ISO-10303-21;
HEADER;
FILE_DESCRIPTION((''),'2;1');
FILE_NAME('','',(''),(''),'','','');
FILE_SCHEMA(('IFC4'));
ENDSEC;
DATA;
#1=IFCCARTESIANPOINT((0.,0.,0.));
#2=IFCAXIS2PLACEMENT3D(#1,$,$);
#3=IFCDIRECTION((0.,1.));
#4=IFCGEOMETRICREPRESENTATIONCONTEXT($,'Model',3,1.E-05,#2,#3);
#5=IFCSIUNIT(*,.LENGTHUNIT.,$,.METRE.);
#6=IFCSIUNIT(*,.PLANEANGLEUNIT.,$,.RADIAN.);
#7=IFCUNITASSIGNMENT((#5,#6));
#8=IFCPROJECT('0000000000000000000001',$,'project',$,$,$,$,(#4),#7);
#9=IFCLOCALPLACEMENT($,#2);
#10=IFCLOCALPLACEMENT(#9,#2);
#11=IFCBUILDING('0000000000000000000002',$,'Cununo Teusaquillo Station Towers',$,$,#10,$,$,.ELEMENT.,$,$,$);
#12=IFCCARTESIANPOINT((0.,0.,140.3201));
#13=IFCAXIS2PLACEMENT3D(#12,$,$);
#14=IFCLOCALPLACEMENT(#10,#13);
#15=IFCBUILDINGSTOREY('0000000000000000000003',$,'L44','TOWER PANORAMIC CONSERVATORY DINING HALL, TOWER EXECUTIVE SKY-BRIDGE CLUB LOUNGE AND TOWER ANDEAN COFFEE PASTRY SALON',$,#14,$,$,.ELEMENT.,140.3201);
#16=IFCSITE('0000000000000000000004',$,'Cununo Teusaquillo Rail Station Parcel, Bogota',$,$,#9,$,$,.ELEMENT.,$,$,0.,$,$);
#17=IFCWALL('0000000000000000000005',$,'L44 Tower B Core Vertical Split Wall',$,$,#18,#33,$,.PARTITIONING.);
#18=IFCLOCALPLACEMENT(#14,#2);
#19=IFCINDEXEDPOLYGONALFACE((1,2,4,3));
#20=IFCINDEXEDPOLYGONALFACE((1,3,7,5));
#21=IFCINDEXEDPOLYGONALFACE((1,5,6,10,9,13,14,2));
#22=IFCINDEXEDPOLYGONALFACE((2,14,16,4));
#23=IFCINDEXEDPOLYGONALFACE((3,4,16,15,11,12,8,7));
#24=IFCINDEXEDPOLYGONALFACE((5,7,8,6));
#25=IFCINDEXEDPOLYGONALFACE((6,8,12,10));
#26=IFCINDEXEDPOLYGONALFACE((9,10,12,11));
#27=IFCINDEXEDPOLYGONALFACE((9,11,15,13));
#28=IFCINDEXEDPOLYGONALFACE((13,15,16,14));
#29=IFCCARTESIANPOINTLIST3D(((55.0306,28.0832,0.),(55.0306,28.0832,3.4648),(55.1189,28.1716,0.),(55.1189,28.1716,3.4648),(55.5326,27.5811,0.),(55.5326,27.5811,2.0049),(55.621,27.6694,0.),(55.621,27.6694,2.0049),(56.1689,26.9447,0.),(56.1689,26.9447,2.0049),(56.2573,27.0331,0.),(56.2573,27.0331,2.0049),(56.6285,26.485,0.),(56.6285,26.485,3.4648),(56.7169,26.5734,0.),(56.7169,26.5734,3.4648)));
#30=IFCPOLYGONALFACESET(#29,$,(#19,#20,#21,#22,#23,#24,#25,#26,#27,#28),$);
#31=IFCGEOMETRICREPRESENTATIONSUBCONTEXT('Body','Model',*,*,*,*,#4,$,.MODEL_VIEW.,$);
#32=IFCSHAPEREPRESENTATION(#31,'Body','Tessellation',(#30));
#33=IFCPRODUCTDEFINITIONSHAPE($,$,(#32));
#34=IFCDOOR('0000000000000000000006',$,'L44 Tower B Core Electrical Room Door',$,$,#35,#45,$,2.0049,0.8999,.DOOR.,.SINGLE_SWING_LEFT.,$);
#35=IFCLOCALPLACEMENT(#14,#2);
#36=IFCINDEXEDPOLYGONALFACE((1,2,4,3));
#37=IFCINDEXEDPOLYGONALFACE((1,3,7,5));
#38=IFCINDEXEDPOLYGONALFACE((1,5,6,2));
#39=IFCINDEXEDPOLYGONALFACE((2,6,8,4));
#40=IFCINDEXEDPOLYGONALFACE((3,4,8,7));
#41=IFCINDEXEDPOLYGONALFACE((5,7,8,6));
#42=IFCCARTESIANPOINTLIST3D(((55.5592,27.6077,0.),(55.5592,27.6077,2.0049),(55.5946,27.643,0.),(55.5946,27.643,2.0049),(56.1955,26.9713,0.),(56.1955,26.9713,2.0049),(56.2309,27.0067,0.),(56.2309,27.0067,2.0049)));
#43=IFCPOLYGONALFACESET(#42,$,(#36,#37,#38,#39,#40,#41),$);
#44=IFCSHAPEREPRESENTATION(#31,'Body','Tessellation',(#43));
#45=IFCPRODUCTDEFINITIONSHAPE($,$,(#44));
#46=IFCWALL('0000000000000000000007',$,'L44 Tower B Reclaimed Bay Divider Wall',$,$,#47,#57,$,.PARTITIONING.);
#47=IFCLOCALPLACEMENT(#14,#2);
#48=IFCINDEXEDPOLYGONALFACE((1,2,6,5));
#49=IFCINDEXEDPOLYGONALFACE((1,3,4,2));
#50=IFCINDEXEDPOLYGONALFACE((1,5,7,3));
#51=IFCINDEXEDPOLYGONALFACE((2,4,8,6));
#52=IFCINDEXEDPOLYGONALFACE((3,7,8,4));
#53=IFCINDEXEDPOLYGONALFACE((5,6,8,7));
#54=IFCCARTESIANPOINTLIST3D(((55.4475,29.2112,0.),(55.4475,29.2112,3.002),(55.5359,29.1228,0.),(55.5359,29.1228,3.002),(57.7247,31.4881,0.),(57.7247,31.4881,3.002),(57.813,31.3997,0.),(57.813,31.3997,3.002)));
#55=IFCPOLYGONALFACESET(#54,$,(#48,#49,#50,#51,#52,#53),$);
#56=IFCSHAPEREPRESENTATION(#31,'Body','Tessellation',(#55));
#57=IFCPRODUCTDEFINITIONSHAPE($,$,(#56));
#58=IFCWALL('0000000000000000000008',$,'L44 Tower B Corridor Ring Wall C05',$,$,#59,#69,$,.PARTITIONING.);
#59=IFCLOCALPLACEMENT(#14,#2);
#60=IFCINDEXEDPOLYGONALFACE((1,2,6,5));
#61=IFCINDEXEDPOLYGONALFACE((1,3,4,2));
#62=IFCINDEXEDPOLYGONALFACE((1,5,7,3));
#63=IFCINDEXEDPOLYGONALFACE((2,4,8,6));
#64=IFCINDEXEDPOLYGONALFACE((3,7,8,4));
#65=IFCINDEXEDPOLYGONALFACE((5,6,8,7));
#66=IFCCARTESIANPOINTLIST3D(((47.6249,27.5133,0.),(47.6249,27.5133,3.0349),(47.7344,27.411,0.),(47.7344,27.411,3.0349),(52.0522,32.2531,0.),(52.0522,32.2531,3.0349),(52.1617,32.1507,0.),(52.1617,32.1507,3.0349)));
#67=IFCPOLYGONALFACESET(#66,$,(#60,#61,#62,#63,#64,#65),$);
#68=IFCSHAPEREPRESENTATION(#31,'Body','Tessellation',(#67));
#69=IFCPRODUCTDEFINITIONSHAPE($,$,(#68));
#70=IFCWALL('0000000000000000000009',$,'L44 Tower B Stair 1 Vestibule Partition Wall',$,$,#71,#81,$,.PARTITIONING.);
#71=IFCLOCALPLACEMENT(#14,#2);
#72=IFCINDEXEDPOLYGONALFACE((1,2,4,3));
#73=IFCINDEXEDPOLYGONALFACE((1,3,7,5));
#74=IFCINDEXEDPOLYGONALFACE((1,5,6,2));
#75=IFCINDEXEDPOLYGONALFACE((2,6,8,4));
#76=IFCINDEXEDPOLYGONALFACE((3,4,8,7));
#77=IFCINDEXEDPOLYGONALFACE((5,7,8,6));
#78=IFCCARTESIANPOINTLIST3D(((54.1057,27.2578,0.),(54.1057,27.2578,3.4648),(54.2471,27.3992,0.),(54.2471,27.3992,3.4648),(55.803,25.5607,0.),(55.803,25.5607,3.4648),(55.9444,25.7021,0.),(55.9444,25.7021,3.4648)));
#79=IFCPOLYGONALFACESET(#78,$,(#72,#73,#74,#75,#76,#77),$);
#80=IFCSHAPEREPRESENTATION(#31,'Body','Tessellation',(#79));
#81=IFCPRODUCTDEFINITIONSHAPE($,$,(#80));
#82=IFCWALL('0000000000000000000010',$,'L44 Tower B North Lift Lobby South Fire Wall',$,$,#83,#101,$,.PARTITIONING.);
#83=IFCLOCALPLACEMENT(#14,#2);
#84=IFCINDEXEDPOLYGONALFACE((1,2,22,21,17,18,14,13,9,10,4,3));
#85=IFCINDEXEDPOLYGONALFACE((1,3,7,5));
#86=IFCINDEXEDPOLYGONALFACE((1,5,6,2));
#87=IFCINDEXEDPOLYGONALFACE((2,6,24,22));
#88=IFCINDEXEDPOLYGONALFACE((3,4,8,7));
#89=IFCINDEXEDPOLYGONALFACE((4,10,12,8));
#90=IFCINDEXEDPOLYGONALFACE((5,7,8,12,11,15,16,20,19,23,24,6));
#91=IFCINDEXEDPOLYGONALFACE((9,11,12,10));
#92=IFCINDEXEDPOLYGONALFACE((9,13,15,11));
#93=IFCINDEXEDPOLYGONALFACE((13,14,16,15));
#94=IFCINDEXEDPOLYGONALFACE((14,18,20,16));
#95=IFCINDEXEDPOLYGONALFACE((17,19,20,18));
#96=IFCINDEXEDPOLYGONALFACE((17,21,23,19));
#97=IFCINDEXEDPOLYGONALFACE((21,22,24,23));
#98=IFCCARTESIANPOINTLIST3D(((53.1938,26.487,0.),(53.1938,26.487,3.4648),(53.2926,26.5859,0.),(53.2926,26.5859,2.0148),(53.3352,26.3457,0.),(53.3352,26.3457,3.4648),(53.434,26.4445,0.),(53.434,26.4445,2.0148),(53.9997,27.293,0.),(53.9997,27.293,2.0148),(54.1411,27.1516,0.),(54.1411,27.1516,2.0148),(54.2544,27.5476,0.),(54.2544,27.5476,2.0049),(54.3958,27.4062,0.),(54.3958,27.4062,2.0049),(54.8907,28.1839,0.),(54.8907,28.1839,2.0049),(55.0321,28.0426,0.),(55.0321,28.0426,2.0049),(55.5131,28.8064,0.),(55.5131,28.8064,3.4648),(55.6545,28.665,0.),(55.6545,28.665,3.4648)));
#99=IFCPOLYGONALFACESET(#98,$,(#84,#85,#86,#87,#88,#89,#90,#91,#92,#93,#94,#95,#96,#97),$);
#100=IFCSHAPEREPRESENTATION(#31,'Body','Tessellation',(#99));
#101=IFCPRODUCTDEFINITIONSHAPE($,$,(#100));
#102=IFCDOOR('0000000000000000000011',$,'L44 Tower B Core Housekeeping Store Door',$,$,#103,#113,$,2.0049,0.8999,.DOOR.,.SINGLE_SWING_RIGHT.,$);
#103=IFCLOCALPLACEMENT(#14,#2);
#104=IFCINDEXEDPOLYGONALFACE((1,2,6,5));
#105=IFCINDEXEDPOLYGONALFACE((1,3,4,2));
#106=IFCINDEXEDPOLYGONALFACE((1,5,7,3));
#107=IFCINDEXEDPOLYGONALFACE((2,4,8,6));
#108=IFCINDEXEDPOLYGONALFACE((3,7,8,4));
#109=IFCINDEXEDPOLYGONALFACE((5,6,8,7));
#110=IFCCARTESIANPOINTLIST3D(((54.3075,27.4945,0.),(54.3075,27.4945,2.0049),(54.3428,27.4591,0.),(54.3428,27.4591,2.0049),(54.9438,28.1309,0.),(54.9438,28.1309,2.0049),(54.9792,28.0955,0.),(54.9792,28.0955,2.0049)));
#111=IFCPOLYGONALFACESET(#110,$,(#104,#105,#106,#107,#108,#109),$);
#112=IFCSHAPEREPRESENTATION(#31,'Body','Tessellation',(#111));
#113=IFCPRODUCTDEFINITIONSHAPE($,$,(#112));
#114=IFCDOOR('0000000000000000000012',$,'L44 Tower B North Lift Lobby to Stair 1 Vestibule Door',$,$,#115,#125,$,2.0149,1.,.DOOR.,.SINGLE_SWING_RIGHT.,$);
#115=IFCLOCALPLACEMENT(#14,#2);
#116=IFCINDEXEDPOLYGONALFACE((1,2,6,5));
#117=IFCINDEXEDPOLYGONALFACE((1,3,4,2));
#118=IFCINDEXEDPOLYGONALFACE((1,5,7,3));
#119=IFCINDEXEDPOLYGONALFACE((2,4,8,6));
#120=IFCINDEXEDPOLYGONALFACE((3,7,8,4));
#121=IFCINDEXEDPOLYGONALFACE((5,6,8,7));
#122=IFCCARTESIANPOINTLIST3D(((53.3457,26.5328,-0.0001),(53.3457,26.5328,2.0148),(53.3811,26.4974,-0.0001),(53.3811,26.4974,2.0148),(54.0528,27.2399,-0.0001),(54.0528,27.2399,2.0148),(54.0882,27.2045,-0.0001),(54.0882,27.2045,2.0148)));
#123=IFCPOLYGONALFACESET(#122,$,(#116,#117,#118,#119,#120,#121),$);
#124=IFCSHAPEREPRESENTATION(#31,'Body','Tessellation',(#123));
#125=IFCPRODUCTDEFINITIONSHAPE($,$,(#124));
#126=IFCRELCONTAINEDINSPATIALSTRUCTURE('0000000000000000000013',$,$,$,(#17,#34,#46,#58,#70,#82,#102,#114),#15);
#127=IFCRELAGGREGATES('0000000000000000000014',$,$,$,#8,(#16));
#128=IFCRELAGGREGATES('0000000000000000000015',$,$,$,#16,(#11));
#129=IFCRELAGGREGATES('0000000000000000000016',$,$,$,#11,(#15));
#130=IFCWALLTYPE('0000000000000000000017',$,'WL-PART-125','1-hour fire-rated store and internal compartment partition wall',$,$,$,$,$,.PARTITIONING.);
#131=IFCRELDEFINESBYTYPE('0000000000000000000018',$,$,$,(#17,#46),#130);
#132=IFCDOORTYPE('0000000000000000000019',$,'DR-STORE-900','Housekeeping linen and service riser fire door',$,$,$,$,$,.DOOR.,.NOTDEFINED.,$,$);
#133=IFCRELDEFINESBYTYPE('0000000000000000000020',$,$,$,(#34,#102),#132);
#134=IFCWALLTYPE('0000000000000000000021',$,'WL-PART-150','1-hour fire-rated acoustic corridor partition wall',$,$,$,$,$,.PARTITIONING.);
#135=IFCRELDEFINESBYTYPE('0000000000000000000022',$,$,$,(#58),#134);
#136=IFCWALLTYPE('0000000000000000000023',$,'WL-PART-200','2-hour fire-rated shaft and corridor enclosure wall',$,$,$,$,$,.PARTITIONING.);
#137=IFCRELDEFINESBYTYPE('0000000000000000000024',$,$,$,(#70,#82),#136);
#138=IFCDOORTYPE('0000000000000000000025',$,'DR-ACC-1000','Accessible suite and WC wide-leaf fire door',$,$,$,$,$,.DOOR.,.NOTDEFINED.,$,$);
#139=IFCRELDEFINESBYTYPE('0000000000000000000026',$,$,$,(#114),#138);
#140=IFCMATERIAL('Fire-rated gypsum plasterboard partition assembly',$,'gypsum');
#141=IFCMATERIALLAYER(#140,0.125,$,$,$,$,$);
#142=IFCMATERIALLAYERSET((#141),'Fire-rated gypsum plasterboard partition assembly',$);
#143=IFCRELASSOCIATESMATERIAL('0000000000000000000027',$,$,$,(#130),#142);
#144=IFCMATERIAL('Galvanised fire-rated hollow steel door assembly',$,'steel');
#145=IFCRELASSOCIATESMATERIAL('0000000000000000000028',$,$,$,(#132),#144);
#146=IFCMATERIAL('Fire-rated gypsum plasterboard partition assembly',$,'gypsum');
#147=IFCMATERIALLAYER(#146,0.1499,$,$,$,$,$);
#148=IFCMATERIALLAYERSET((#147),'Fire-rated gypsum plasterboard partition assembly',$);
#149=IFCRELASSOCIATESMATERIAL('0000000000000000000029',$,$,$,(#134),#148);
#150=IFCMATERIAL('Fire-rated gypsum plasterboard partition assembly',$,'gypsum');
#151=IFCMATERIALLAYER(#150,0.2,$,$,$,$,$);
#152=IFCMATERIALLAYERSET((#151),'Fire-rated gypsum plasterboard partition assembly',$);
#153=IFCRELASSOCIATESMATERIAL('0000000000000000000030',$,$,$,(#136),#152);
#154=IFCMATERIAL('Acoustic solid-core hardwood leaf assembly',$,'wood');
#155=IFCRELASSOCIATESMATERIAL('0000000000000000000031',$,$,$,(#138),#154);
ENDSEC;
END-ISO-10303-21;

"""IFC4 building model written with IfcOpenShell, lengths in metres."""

from ifc_helpers import new_model, si_unit, direction, frame, frame_2d, origin, place, context, subcontext, project, spatial, rectangle, extrude, source, transform, mapped, material, layer, layer_set, type_object, element, fill, save


model = new_model("IFC4")

# Units and contexts
model_context = context("Model", 3, precision=1e-05, world=origin(), true_north=direction((0.0, 1.0)))
body_context = subcontext(model_context, "Body", "Model", "MODEL_VIEW")
ifc_project = project(units=[si_unit("LENGTHUNIT", "METRE"), si_unit("PLANEANGLEUNIT", "RADIAN")], contexts=[model_context])

# Site, building, storey
site_placement = place(None, origin())
site = spatial("IfcSite", under=ifc_project, at=site_placement, Name="Cununo Teusaquillo Rail Station Parcel, Bogota", CompositionType="ELEMENT", RefElevation=0.0)
building_placement = place(site_placement, origin())
building = spatial("IfcBuilding", under=site, at=building_placement, Name="Cununo Teusaquillo Station Towers", CompositionType="ELEMENT")
storey_placement = place(building_placement, frame((0.0, 0.0, 140.3201)))
storey = spatial("IfcBuildingStorey", under=building, at=storey_placement, Name="L44", Description="TOWER PANORAMIC CONSERVATORY DINING HALL, TOWER EXECUTIVE SKY-BRIDGE CLUB LOUNGE AND TOWER ANDEAN COFFEE PASTRY SALON", CompositionType="ELEMENT", Elevation=140.3201)

# Wall, opening, door
ifc_material_1 = material(Name="Fire-rated gypsum plasterboard partition assembly", Category="gypsum")
ifc_layer_1 = layer(ifc_material_1, 0.125)
ifc_layer_set_1 = layer_set([ifc_layer_1], Name="Fire-rated gypsum plasterboard partition assembly")
wall_type_1 = type_object("IfcWallType", Name="WL-PART-125", Description="1-hour fire-rated store and internal compartment partition wall", PredefinedType="PARTITIONING", material=ifc_layer_set_1)
wall_1_placement = place(storey_placement, frame((56.6726, 26.5293, 0.0), z_axis=(0.0, 0.0, 1.0), x_axis=(-0.707053, 0.707161, 0.0)))
wall_1 = element("IfcWall", 1, at=wall_1_placement, inside=storey, type_object=wall_type_1, Name="L44 Tower B Core Vertical Split Wall", PredefinedType="PARTITIONING", context=body_context, shape_type="SweptSolid", body=[
    extrude(rectangle(XDim=2.26, YDim=0.125, at=frame_2d((1.1299, 0.0))), origin(), (0.0, 0.0, 1.0), 3.4648),
])
shared_shape_1 = source(origin(), body_context, "Body", "SweptSolid", [
    extrude(rectangle(XDim=0.8999, YDim=2.0049, at=frame_2d((0.45, 1.0024))), frame((0.0, 0.0725, 0.0), z_axis=(0.0, -1.0, 0.0), x_axis=(1.0, 0.0, 0.0)), (0.0, 0.0, 1.0), 0.145),
])
opening_1_placement = place(wall_1_placement, frame((0.6499, 0.0, 0.0)))
opening_1 = element("IfcOpeningElement", 2, at=opening_1_placement, cuts=wall_1, PredefinedType="OPENING", context=body_context, shape_type="MappedRepresentation", body=[
    mapped(shared_shape_1, transform((0.0, 0.0, 0.0), x_axis=(1.0, 0.0, 0.0), y_axis=(0.0, 1.0, 0.0), z_axis=(0.0, 0.0, 1.0), scale=1.0)),
])
ifc_material_2 = material(Name="Galvanised fire-rated hollow steel door assembly", Category="steel")
door_type_1 = type_object("IfcDoorType", Name="DR-STORE-900", Description="Housekeeping linen and service riser fire door", OperationType="NOTDEFINED", PredefinedType="DOOR", material=ifc_material_2)
shared_shape_2 = source(origin(), body_context, "Body", "SweptSolid", [
    extrude(rectangle(XDim=0.8999, YDim=2.0049, at=frame_2d((0.45, 1.0024))), frame((0.0, 0.0249, 0.0), z_axis=(0.0, -1.0, 0.0), x_axis=(1.0, 0.0, 0.0)), (0.0, 0.0, 1.0), 0.05),
])
door_1_placement = place(opening_1_placement, origin())
door_1 = element("IfcDoor", 3, at=door_1_placement, inside=storey, type_object=door_type_1, Name="L44 Tower B Core Electrical Room Door", OperationType="SINGLE_SWING_LEFT", OverallHeight=2.0049, OverallWidth=0.8999, PredefinedType="DOOR", context=body_context, shape_type="MappedRepresentation", body=[
    mapped(shared_shape_2, transform((0.0, 0.0, 0.0), x_axis=(1.0, 0.0, 0.0), y_axis=(0.0, 1.0, 0.0), z_axis=(0.0, 0.0, 1.0), scale=1.0)),
])
fill(opening_1, door_1)

# Walls
wall_2_placement = place(storey_placement, frame((55.4917, 29.167, 0.0), z_axis=(0.0, 0.0, 1.0), x_axis=(0.707145, 0.707069, 0.0)))
element("IfcWall", 4, at=wall_2_placement, inside=storey, type_object=wall_type_1, Name="L44 Tower B Reclaimed Bay Divider Wall", PredefinedType="PARTITIONING", context=body_context, shape_type="SweptSolid", body=[
    extrude(rectangle(XDim=3.2202, YDim=0.125, at=frame_2d((1.6101, 0.0))), origin(), (0.0, 0.0, 1.0), 3.002),
])
ifc_material_3 = material(Name="Fire-rated gypsum plasterboard partition assembly", Category="gypsum")
ifc_layer_2 = layer(ifc_material_3, 0.1499)
ifc_layer_set_2 = layer_set([ifc_layer_2], Name="Fire-rated gypsum plasterboard partition assembly")
wall_type_2 = type_object("IfcWallType", Name="WL-PART-150", Description="1-hour fire-rated acoustic corridor partition wall", PredefinedType="PARTITIONING", material=ifc_layer_set_2)
wall_3_placement = place(storey_placement, frame((52.1069, 32.2019, 0.0), z_axis=(0.0, 0.0, 1.0), x_axis=(-0.682605, -0.730787, 0.0)))
element("IfcWall", 5, at=wall_3_placement, inside=storey, type_object=wall_type_2, Name="L44 Tower B Corridor Ring Wall C05", PredefinedType="PARTITIONING", context=body_context, shape_type="SweptSolid", body=[
    extrude(rectangle(XDim=6.4858, YDim=0.1499, at=frame_2d((3.2429, 0.0))), origin(), (0.0, 0.0, 1.0), 3.0349),
])
ifc_material_4 = material(Name="Fire-rated gypsum plasterboard partition assembly", Category="gypsum")
ifc_layer_3 = layer(ifc_material_4, 0.2)
ifc_layer_set_3 = layer_set([ifc_layer_3], Name="Fire-rated gypsum plasterboard partition assembly")
wall_type_3 = type_object("IfcWallType", Name="WL-PART-200", Description="2-hour fire-rated shaft and corridor enclosure wall", PredefinedType="PARTITIONING", material=ifc_layer_set_3)
wall_4_placement = place(storey_placement, frame((55.8738, 25.6313, 0.0), z_axis=(0.0, 0.0, 1.0), x_axis=(-0.707158, 0.707056, 0.0)))
element("IfcWall", 6, at=wall_4_placement, inside=storey, type_object=wall_type_3, Name="L44 Tower B Stair 1 Vestibule Partition Wall", PredefinedType="PARTITIONING", context=body_context, shape_type="SweptSolid", body=[
    extrude(rectangle(XDim=2.4001, YDim=0.2, at=frame_2d((1.2002, 0.0))), origin(), (0.0, 0.0, 1.0), 3.4648),
])

# Wall, openings, doors
wall_5_placement = place(storey_placement, frame((53.2644, 26.4163, 0.0), z_axis=(0.0, 0.0, 1.0), x_axis=(0.707107, 0.707107, 0.0)))
wall_5 = element("IfcWall", 7, at=wall_5_placement, inside=storey, type_object=wall_type_3, Name="L44 Tower B North Lift Lobby South Fire Wall", PredefinedType="PARTITIONING", context=body_context, shape_type="SweptSolid", body=[
    extrude(rectangle(XDim=3.28, YDim=0.2, at=frame_2d((1.6401, 0.0))), origin(), (0.0, 0.0, 1.0), 3.4648),
])
shared_shape_3 = source(origin(), body_context, "Body", "SweptSolid", [
    extrude(rectangle(XDim=1.0, YDim=2.0149, at=frame_2d((0.5, 1.0073))), frame((0.0, 0.1099, 0.0), z_axis=(0.0, -1.0, 0.0), x_axis=(1.0, 0.0, 0.0)), (0.0, 0.0, 1.0), 0.22),
])
opening_2_placement = place(wall_5_placement, frame((0.1399, 0.0, 0.0)))
opening_2 = element("IfcOpeningElement", 8, at=opening_2_placement, cuts=wall_5, PredefinedType="OPENING", context=body_context, shape_type="MappedRepresentation", body=[
    mapped(shared_shape_3, transform((0.0, 0.0, 0.0), x_axis=(1.0, 0.0, 0.0), y_axis=(0.0, 1.0, 0.0), z_axis=(0.0, 0.0, 1.0), scale=1.0)),
])
shared_shape_4 = source(origin(), body_context, "Body", "SweptSolid", [
    extrude(rectangle(XDim=0.8999, YDim=2.0049, at=frame_2d((0.45, 1.0024))), frame((0.0, 0.1099, 0.0), z_axis=(0.0, -1.0, 0.0), x_axis=(1.0, 0.0, 0.0)), (0.0, 0.0, 1.0), 0.22),
])
opening_3_placement = place(wall_5_placement, frame((1.5, 0.0, 0.0)))
opening_3 = element("IfcOpeningElement", 9, at=opening_3_placement, cuts=wall_5, PredefinedType="OPENING", context=body_context, shape_type="MappedRepresentation", body=[
    mapped(shared_shape_4, transform((0.0, 0.0, 0.0), x_axis=(1.0, 0.0, 0.0), y_axis=(0.0, 1.0, 0.0), z_axis=(0.0, 0.0, 1.0), scale=1.0)),
])
door_2_placement = place(opening_3_placement, origin())
door_2 = element("IfcDoor", 10, at=door_2_placement, inside=storey, type_object=door_type_1, Name="L44 Tower B Core Housekeeping Store Door", OperationType="SINGLE_SWING_RIGHT", OverallHeight=2.0049, OverallWidth=0.8999, PredefinedType="DOOR", context=body_context, shape_type="MappedRepresentation", body=[
    mapped(shared_shape_2, transform((0.0, 0.0, 0.0), x_axis=(1.0, 0.0, 0.0), y_axis=(0.0, 1.0, 0.0), z_axis=(0.0, 0.0, 1.0), scale=1.0)),
])
fill(opening_3, door_2)
ifc_material_5 = material(Name="Acoustic solid-core hardwood leaf assembly", Category="wood")
door_type_2 = type_object("IfcDoorType", Name="DR-ACC-1000", Description="Accessible suite and WC wide-leaf fire door", OperationType="NOTDEFINED", PredefinedType="DOOR", material=ifc_material_5)
shared_shape_5 = source(origin(), body_context, "Body", "SweptSolid", [
    extrude(rectangle(XDim=1.0, YDim=2.0149, at=frame_2d((0.5, 1.0073))), frame((0.0, 0.0249, 0.0), z_axis=(0.0, -1.0, 0.0), x_axis=(1.0, 0.0, 0.0)), (0.0, 0.0, 1.0), 0.05),
])
door_3_placement = place(opening_2_placement, origin())
door_3 = element("IfcDoor", 11, at=door_3_placement, inside=storey, type_object=door_type_2, Name="L44 Tower B North Lift Lobby to Stair 1 Vestibule Door", OperationType="SINGLE_SWING_RIGHT", OverallHeight=2.0149, OverallWidth=1.0, PredefinedType="DOOR", context=body_context, shape_type="MappedRepresentation", body=[
    mapped(shared_shape_5, transform((0.0, 0.0, 0.0), x_axis=(1.0, 0.0, 0.0), y_axis=(0.0, 1.0, 0.0), z_axis=(0.0, 0.0, 1.0), scale=1.0)),
])
fill(opening_2, door_3)

save(model, "model.ifc")
